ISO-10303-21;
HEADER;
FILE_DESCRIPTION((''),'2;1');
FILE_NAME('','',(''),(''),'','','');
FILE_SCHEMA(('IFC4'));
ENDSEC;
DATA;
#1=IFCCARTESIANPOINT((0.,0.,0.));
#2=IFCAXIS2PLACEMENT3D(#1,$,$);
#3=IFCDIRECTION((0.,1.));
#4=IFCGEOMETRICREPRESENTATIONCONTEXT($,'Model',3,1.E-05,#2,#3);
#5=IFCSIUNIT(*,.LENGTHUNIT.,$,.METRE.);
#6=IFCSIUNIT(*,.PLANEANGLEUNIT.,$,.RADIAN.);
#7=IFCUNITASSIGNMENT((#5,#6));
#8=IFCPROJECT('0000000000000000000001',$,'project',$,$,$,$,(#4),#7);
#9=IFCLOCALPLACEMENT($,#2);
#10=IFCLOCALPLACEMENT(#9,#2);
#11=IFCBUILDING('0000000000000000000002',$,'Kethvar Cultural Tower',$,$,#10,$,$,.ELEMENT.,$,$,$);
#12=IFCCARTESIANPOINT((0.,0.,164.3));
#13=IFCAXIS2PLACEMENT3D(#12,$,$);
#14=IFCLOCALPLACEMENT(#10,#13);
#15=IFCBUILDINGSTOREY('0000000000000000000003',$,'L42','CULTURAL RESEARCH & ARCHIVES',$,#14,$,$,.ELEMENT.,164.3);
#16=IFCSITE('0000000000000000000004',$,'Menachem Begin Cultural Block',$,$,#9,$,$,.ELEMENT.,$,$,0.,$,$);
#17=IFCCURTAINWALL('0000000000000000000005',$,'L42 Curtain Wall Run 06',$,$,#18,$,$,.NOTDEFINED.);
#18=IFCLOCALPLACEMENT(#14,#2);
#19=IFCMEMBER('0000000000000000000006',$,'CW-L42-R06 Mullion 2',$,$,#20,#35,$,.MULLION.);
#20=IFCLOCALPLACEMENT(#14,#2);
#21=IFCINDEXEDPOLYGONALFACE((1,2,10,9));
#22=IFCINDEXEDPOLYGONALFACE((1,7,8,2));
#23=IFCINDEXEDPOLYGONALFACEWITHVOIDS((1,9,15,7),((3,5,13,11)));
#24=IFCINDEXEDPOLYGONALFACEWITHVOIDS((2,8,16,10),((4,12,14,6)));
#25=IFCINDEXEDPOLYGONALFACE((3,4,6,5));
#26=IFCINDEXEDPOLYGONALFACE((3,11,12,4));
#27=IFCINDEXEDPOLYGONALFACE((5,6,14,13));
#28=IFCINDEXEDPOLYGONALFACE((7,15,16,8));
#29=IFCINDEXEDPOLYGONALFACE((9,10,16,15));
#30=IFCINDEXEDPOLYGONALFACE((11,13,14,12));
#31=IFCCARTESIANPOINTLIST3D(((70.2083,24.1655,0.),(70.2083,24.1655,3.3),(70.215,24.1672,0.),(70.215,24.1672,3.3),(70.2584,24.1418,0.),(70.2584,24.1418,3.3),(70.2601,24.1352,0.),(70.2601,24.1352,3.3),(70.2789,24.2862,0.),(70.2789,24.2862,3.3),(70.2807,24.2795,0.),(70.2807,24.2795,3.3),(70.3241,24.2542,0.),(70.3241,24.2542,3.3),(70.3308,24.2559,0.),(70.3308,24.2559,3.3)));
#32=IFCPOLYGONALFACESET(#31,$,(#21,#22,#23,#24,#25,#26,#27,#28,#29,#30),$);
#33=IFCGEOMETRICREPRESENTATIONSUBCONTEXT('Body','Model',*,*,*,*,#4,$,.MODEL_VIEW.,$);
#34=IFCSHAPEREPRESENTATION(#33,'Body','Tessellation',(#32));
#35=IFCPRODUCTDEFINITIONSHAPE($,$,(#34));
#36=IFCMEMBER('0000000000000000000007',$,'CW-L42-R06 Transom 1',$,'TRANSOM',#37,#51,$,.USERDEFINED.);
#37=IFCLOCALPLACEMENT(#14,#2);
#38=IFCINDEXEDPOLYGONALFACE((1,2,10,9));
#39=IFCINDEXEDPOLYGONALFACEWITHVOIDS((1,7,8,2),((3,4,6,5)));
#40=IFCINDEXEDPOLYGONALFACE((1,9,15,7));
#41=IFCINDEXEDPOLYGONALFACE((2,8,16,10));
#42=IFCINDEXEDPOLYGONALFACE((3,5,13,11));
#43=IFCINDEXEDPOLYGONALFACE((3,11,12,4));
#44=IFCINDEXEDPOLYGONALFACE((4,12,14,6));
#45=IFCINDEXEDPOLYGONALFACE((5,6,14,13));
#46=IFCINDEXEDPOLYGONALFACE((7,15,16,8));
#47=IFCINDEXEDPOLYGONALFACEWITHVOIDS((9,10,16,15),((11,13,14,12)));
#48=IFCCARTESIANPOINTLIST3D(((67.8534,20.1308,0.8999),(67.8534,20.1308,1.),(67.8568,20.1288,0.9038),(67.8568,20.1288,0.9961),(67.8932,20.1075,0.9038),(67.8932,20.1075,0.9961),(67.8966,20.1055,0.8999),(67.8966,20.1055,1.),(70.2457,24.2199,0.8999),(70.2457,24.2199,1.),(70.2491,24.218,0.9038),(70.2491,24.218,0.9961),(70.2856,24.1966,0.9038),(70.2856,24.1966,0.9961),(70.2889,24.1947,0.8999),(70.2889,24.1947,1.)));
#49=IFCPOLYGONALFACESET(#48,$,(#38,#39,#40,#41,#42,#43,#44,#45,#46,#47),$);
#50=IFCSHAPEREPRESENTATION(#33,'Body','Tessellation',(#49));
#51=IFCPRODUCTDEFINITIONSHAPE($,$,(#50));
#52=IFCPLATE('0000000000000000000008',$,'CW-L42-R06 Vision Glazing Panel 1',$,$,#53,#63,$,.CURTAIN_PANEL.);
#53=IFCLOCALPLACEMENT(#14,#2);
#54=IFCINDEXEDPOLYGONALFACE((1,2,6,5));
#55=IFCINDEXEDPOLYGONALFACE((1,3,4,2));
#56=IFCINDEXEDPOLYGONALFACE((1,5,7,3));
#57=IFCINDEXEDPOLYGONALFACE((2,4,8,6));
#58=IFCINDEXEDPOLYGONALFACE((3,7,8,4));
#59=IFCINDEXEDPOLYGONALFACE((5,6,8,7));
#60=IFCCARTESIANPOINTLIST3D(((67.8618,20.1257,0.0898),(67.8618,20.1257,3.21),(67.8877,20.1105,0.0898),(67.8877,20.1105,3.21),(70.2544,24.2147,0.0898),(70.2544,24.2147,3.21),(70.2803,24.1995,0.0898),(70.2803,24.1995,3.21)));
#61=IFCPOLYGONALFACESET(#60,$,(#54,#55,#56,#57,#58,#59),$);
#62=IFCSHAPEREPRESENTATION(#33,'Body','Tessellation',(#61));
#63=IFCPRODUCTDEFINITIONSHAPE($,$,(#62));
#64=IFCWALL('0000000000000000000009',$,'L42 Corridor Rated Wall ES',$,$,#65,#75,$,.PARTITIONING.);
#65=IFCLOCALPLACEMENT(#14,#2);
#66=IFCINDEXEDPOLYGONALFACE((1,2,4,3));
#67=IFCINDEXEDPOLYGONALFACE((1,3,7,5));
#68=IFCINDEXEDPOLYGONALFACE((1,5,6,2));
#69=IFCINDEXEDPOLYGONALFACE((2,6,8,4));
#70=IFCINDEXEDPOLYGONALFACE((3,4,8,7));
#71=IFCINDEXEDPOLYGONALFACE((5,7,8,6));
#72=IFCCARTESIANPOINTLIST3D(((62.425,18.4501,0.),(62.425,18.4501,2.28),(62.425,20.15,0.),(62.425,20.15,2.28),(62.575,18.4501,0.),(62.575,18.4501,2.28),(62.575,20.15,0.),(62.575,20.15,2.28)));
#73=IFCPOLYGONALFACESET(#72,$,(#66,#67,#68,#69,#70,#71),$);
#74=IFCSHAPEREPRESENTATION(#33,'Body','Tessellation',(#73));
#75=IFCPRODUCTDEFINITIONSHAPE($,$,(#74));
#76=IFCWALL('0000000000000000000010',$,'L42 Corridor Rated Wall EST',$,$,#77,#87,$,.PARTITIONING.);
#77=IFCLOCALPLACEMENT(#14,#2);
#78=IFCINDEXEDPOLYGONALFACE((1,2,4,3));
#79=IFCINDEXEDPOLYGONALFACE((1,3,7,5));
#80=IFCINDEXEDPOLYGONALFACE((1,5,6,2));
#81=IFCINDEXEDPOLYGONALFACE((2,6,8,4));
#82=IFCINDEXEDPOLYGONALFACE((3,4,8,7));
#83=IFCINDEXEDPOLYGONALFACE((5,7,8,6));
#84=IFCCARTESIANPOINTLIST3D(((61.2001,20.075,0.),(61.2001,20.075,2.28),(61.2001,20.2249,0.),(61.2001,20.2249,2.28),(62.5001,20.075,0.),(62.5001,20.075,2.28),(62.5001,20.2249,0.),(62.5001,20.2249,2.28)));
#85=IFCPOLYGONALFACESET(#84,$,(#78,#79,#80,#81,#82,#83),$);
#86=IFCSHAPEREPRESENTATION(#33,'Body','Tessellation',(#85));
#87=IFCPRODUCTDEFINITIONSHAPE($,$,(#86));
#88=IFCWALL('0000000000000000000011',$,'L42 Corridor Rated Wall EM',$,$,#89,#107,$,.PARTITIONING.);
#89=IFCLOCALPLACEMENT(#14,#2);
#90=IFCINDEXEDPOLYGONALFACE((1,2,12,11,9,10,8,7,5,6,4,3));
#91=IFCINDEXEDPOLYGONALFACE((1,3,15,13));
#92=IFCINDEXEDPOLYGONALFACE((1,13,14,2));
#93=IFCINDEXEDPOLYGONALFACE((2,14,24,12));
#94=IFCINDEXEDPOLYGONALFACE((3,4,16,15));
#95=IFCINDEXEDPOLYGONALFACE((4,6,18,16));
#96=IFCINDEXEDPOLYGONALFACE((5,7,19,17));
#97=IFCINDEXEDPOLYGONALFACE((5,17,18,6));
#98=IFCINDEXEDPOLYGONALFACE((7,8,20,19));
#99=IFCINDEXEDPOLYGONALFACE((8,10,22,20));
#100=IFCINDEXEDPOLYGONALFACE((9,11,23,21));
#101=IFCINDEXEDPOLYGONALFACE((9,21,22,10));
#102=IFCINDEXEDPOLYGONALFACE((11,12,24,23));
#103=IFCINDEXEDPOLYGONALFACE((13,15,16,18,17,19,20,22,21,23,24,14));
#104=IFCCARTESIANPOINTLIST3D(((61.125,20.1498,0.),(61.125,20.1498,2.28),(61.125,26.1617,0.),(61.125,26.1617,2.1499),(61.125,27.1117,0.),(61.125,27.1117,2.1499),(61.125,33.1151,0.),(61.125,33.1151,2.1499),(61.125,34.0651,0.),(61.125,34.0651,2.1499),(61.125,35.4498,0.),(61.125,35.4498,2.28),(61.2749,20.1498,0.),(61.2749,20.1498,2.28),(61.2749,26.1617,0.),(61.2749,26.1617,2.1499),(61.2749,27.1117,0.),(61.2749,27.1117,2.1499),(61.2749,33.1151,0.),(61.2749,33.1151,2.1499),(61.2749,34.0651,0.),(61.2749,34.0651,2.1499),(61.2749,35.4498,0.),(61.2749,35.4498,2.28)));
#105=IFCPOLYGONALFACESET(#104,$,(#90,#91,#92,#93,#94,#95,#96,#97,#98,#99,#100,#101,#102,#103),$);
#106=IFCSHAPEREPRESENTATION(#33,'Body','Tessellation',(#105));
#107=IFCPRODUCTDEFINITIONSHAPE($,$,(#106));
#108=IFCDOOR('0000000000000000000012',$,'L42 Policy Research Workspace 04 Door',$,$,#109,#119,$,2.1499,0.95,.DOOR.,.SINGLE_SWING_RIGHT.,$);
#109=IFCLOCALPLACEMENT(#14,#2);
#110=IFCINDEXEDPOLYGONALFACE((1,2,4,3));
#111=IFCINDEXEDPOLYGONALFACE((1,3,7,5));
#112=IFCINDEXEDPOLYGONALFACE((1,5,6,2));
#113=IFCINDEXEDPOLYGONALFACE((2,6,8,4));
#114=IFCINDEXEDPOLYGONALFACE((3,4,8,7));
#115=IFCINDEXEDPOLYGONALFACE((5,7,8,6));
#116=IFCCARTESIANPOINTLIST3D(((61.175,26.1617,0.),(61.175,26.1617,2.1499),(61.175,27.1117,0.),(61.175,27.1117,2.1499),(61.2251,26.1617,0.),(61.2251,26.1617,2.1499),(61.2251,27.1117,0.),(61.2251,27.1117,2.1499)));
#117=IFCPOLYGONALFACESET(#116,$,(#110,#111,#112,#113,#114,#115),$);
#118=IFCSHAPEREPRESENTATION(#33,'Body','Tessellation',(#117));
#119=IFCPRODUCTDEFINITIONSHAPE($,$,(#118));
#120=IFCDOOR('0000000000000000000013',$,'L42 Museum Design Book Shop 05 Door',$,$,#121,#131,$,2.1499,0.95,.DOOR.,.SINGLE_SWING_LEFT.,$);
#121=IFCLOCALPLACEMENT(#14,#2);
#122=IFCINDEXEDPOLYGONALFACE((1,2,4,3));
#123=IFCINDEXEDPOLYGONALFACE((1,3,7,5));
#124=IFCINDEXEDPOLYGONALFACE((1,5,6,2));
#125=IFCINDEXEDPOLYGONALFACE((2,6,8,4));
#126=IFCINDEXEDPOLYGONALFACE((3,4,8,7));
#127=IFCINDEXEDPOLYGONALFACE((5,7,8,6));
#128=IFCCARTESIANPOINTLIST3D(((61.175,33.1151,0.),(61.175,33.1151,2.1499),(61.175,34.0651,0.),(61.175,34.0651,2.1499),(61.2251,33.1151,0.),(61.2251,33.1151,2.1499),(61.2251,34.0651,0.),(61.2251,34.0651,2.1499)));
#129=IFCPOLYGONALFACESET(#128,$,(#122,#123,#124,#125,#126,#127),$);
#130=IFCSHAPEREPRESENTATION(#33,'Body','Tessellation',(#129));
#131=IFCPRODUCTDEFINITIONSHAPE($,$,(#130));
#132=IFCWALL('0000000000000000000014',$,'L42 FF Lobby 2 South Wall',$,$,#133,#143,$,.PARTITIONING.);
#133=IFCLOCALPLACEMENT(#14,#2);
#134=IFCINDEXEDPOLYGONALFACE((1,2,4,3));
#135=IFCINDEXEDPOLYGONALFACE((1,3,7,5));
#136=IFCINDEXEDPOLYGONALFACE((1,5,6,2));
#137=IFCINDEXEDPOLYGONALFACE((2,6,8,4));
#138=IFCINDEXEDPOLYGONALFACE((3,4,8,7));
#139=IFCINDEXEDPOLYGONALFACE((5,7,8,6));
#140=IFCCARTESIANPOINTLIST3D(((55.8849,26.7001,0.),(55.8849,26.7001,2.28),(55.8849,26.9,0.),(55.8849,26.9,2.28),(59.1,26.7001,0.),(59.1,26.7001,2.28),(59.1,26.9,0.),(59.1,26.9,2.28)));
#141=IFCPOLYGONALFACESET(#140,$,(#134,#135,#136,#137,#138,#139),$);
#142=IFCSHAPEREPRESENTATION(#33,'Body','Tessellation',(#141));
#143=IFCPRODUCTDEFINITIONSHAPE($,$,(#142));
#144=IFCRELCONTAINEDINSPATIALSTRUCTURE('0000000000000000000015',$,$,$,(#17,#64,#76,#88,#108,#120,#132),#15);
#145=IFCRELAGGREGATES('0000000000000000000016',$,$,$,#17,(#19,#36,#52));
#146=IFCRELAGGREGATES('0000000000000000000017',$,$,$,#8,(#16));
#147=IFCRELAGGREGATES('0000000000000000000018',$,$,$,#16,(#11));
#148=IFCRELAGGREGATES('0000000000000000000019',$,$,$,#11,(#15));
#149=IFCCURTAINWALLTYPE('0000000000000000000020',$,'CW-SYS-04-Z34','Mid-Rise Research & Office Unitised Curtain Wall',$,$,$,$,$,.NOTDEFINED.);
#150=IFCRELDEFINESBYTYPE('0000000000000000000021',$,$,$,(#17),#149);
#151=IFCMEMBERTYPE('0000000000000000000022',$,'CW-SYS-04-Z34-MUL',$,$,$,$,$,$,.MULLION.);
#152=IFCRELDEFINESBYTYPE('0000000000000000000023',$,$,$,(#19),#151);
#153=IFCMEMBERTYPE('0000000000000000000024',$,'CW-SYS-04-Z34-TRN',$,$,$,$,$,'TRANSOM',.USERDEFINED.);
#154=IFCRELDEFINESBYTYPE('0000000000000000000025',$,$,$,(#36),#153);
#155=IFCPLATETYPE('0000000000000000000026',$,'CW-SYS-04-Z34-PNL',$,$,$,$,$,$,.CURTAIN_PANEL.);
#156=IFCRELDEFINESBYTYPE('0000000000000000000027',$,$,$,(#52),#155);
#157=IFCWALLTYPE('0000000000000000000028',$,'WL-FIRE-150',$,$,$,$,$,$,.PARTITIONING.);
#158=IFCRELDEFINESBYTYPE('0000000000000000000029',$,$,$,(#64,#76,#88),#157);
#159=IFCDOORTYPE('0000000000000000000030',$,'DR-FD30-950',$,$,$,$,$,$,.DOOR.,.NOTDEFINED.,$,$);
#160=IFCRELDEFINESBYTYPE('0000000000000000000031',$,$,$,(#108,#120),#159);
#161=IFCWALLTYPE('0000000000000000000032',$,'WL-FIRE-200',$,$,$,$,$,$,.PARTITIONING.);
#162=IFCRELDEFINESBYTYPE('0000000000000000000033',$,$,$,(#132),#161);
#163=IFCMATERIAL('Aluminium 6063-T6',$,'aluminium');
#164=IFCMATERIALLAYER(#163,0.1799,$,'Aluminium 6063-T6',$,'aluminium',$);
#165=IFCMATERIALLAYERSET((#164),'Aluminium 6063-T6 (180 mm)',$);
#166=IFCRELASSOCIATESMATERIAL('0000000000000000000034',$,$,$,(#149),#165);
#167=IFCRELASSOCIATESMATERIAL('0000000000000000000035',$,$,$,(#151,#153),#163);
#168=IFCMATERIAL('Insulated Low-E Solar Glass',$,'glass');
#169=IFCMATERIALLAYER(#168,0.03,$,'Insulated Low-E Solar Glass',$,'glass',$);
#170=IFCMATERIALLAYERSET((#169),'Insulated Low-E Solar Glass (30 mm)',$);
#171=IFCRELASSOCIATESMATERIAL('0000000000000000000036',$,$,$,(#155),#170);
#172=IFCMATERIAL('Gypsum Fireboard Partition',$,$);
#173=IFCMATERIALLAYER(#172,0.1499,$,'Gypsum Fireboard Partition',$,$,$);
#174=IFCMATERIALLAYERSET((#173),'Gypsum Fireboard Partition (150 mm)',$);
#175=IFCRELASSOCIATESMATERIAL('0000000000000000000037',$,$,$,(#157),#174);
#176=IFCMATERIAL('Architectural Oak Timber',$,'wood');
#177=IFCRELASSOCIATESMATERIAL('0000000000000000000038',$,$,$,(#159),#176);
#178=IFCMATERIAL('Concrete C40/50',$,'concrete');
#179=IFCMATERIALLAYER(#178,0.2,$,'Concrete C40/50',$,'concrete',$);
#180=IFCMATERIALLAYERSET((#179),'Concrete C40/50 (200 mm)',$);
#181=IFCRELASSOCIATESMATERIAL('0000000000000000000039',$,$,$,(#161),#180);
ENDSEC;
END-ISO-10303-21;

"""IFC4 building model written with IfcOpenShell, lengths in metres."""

from ifc_helpers import new_model, si_unit, direction, frame, frame_2d, origin, origin_2d, place, context, subcontext, project, spatial, rectangle, hollow_rectangle, extrude, source, transform, mapped, material, layer, layer_set, material_profile, profile_set, type_object, element, fill, aggregate, save


model = new_model("IFC4")

# Units and contexts
model_context = context("Model", 3, precision=1e-05, world=origin(), true_north=direction((0.0, 1.0)))
body_context = subcontext(model_context, "Body", "Model", "MODEL_VIEW")
ifc_project = project(units=[si_unit("LENGTHUNIT", "METRE"), si_unit("PLANEANGLEUNIT", "RADIAN")], contexts=[model_context])

# Site, building, storey
site_placement = place(None, origin())
site = spatial("IfcSite", under=ifc_project, at=site_placement, Name="Menachem Begin Cultural Block", CompositionType="ELEMENT", RefElevation=0.0)
building_placement = place(site_placement, origin())
building = spatial("IfcBuilding", under=site, at=building_placement, Name="Kethvar Cultural Tower", CompositionType="ELEMENT")
storey_placement = place(building_placement, frame((0.0, 0.0, 164.3)))
storey = spatial("IfcBuildingStorey", under=building, at=storey_placement, Name="L42", Description="CULTURAL RESEARCH & ARCHIVES", CompositionType="ELEMENT", Elevation=164.3)

# Shared definitions
ifc_material_1 = material(Name="Aluminium 6063-T6", Category="aluminium")
ifc_layer_1 = layer(ifc_material_1, 0.1799, Name="Aluminium 6063-T6", Category="aluminium")
ifc_layer_set_1 = layer_set([ifc_layer_1], Name="Aluminium 6063-T6 (180 mm)")
curtain_wall_type = type_object("IfcCurtainWallType", Name="CW-SYS-04-Z34", Description="Mid-Rise Research & Office Unitised Curtain Wall", PredefinedType="NOTDEFINED", material=ifc_layer_set_1)
ifc_material_profile_1 = material_profile(ifc_material_1, hollow_rectangle(XDim=0.0601, YDim=0.1399, WallThickness=0.0049, at=origin_2d()), Name="Aluminium 6063-T6 — RHS140x60x5")
ifc_profile_set_1 = profile_set([ifc_material_profile_1], Name="Aluminium 6063-T6 — RHS140x60x5")
member_type_1 = type_object("IfcMemberType", Name="CW-SYS-04-Z34-MUL", PredefinedType="MULLION", material=ifc_profile_set_1)
shared_shape_1 = source(origin(), body_context, "Body", "SweptSolid", [
    extrude(hollow_rectangle(XDim=0.0601, YDim=0.1399, WallThickness=0.0049, at=origin_2d()), origin(), (0.0, 0.0, 1.0), 3.3),
])

# Curtain wall, members, plate
curtain_wall_1_placement = place(storey_placement, origin())
curtain_wall_1 = element("IfcCurtainWall", 1, at=curtain_wall_1_placement, inside=storey, type_object=curtain_wall_type, Name="L42 Curtain Wall Run 06", PredefinedType="NOTDEFINED")
member_1_placement = place(storey_placement, frame((70.2695, 24.2107, 0.0), z_axis=(0.0, 0.0, 1.0), x_axis=(-0.863105, 0.505025, 0.0)))
member_1 = element("IfcMember", 2, at=member_1_placement, type_object=member_type_1, Name="CW-L42-R06 Mullion 2", PredefinedType="MULLION", context=body_context, shape_type="MappedRepresentation", body=[
    mapped(shared_shape_1, transform((0.0, 0.0, 0.0), scale=1.0)),
])
ifc_material_profile_2 = material_profile(ifc_material_1, hollow_rectangle(XDim=0.05, YDim=0.1001, WallThickness=0.0039, at=origin_2d()), Name="Aluminium 6063-T6 — RHS100x50x4")
ifc_profile_set_2 = profile_set([ifc_material_profile_2], Name="Aluminium 6063-T6 — RHS100x50x4")
member_type_2 = type_object("IfcMemberType", Name="CW-SYS-04-Z34-TRN", ElementType="TRANSOM", PredefinedType="USERDEFINED", material=ifc_profile_set_2)
shared_shape_2 = source(origin(), body_context, "Body", "SweptSolid", [
    extrude(hollow_rectangle(XDim=0.05, YDim=0.1001, WallThickness=0.0039, at=origin_2d()), origin(), (0.0, 0.0, 1.0), 4.7375),
])
member_2_placement = place(storey_placement, frame((67.875, 20.1182, 0.95), z_axis=(0.504976, 0.863133, 0.0), x_axis=(-0.863133, 0.504976, 0.0)))
member_2 = element("IfcMember", 3, at=member_2_placement, type_object=member_type_2, Name="CW-L42-R06 Transom 1", ObjectType="TRANSOM", PredefinedType="USERDEFINED", context=body_context, shape_type="MappedRepresentation", body=[
    mapped(shared_shape_2, transform((0.0, 0.0, 0.0), scale=1.0)),
])
ifc_material_2 = material(Name="Insulated Low-E Solar Glass", Category="glass")
ifc_layer_2 = layer(ifc_material_2, 0.03, Name="Insulated Low-E Solar Glass", Category="glass")
ifc_layer_set_2 = layer_set([ifc_layer_2], Name="Insulated Low-E Solar Glass (30 mm)")
plate_type = type_object("IfcPlateType", Name="CW-SYS-04-Z34-PNL", PredefinedType="CURTAIN_PANEL", material=ifc_layer_set_2)
shared_shape_3 = source(origin(), body_context, "Body", "SweptSolid", [
    extrude(rectangle(XDim=4.7375, YDim=0.03, at=origin_2d()), origin(), (0.0, 0.0, 1.0), 3.1201),
])
plate_placement = place(storey_placement, frame((69.071, 22.1626, 0.0898), z_axis=(0.0, 0.0, 1.0), x_axis=(0.505025, 0.863105, 0.0)))
plate = element("IfcPlate", 4, at=plate_placement, type_object=plate_type, Name="CW-L42-R06 Vision Glazing Panel 1", PredefinedType="CURTAIN_PANEL", context=body_context, shape_type="MappedRepresentation", body=[
    mapped(shared_shape_3, transform((0.0, 0.0, 0.0), scale=1.0)),
])
aggregate(curtain_wall_1, [member_1, member_2, plate])

# Walls
ifc_material_3 = material(Name="Gypsum Fireboard Partition")
ifc_layer_3 = layer(ifc_material_3, 0.1499, Name="Gypsum Fireboard Partition")
ifc_layer_set_3 = layer_set([ifc_layer_3], Name="Gypsum Fireboard Partition (150 mm)")
wall_type_1 = type_object("IfcWallType", Name="WL-FIRE-150", PredefinedType="PARTITIONING", material=ifc_layer_set_3)
wall_1_placement = place(storey_placement, frame((62.5, 18.45, 0.0), z_axis=(0.0, 0.0, 1.0), x_axis=(0.0, 1.0, 0.0)))
element("IfcWall", 5, at=wall_1_placement, inside=storey, type_object=wall_type_1, Name="L42 Corridor Rated Wall ES", PredefinedType="PARTITIONING", context=body_context, shape_type="SweptSolid", body=[
    extrude(rectangle(XDim=1.7, YDim=0.1499, at=frame_2d((0.8501, 0.0))), origin(), (0.0, 0.0, 1.0), 2.28),
])
wall_2_placement = place(storey_placement, frame((62.5, 20.1499, 0.0), z_axis=(0.0, 0.0, 1.0), x_axis=(-1.0, 0.0, 0.0)))
element("IfcWall", 6, at=wall_2_placement, inside=storey, type_object=wall_type_1, Name="L42 Corridor Rated Wall EST", PredefinedType="PARTITIONING", context=body_context, shape_type="SweptSolid", body=[
    extrude(rectangle(XDim=1.3, YDim=0.1499, at=frame_2d((0.6499, 0.0))), origin(), (0.0, 0.0, 1.0), 2.28),
])

# Wall, openings, doors
wall_3_placement = place(storey_placement, frame((61.2, 20.1499, 0.0), z_axis=(0.0, 0.0, 1.0), x_axis=(0.0, 1.0, 0.0)))
wall_3 = element("IfcWall", 7, at=wall_3_placement, inside=storey, type_object=wall_type_1, Name="L42 Corridor Rated Wall EM", PredefinedType="PARTITIONING", context=body_context, shape_type="SweptSolid", body=[
    extrude(rectangle(XDim=15.3, YDim=0.1499, at=frame_2d((7.6499, 0.0))), origin(), (0.0, 0.0, 1.0), 2.28),
])
opening_1_placement = place(wall_3_placement, frame((6.0117, 0.0, 0.0)))
opening_1 = element("IfcOpeningElement", 8, at=opening_1_placement, cuts=wall_3, PredefinedType="OPENING", context=body_context, shape_type="SweptSolid", body=[
    extrude(rectangle(XDim=0.95, YDim=2.1499, at=frame_2d((0.4751, 1.075))), frame((0.0, 0.085, 0.0), z_axis=(0.0, -1.0, 0.0), x_axis=(1.0, 0.0, 0.0)), (0.0, 0.0, 1.0), 0.1699),
])
opening_2_placement = place(wall_3_placement, frame((12.9651, 0.0, 0.0)))
opening_2 = element("IfcOpeningElement", 9, at=opening_2_placement, cuts=wall_3, PredefinedType="OPENING", context=body_context, shape_type="SweptSolid", body=[
    extrude(rectangle(XDim=0.95, YDim=2.1499, at=frame_2d((0.4751, 1.075))), frame((0.0, 0.085, 0.0), z_axis=(0.0, -1.0, 0.0), x_axis=(1.0, 0.0, 0.0)), (0.0, 0.0, 1.0), 0.1699),
])
ifc_material_4 = material(Name="Architectural Oak Timber", Category="wood")
door_type_1 = type_object("IfcDoorType", Name="DR-FD30-950", OperationType="NOTDEFINED", PredefinedType="DOOR", material=ifc_material_4)
shared_shape_4 = source(origin(), body_context, "Body", "SweptSolid", [
    extrude(rectangle(XDim=0.95, YDim=2.1499, at=frame_2d((0.4751, 1.075))), frame((0.0, 0.0249, 0.0), z_axis=(0.0, -1.0, 0.0), x_axis=(1.0, 0.0, 0.0)), (0.0, 0.0, 1.0), 0.05),
])
door_1_placement = place(opening_1_placement, origin())
door_1 = element("IfcDoor", 10, at=door_1_placement, inside=storey, type_object=door_type_1, Name="L42 Policy Research Workspace 04 Door", OperationType="SINGLE_SWING_RIGHT", OverallHeight=2.1499, OverallWidth=0.95, PredefinedType="DOOR", context=body_context, shape_type="MappedRepresentation", body=[
    mapped(shared_shape_4, transform((0.0, 0.0, 0.0), scale=1.0)),
])
fill(opening_1, door_1)
door_2_placement = place(opening_2_placement, origin())
door_2 = element("IfcDoor", 11, at=door_2_placement, inside=storey, type_object=door_type_1, Name="L42 Museum Design Book Shop 05 Door", OperationType="SINGLE_SWING_LEFT", OverallHeight=2.1499, OverallWidth=0.95, PredefinedType="DOOR", context=body_context, shape_type="MappedRepresentation", body=[
    mapped(shared_shape_4, transform((0.0, 0.0, 0.0), scale=1.0)),
])
fill(opening_2, door_2)

# Shared definitions
ifc_material_5 = material(Name="Concrete C40/50", Category="concrete")
ifc_layer_4 = layer(ifc_material_5, 0.2, Name="Concrete C40/50", Category="concrete")
ifc_layer_set_4 = layer_set([ifc_layer_4], Name="Concrete C40/50 (200 mm)")
wall_type_2 = type_object("IfcWallType", Name="WL-FIRE-200", PredefinedType="PARTITIONING", material=ifc_layer_set_4)

# Wall
wall_4_placement = place(storey_placement, frame((55.885, 26.8, 0.0), z_axis=(0.0, 0.0, 1.0), x_axis=(1.0, 0.0, 0.0)))
element("IfcWall", 12, at=wall_4_placement, inside=storey, type_object=wall_type_2, Name="L42 FF Lobby 2 South Wall", PredefinedType="PARTITIONING", context=body_context, shape_type="SweptSolid", body=[
    extrude(rectangle(XDim=3.2151, YDim=0.2, at=frame_2d((1.6074, 0.0))), origin(), (0.0, 0.0, 1.0), 2.28),
])

save(model, "model.ifc")
